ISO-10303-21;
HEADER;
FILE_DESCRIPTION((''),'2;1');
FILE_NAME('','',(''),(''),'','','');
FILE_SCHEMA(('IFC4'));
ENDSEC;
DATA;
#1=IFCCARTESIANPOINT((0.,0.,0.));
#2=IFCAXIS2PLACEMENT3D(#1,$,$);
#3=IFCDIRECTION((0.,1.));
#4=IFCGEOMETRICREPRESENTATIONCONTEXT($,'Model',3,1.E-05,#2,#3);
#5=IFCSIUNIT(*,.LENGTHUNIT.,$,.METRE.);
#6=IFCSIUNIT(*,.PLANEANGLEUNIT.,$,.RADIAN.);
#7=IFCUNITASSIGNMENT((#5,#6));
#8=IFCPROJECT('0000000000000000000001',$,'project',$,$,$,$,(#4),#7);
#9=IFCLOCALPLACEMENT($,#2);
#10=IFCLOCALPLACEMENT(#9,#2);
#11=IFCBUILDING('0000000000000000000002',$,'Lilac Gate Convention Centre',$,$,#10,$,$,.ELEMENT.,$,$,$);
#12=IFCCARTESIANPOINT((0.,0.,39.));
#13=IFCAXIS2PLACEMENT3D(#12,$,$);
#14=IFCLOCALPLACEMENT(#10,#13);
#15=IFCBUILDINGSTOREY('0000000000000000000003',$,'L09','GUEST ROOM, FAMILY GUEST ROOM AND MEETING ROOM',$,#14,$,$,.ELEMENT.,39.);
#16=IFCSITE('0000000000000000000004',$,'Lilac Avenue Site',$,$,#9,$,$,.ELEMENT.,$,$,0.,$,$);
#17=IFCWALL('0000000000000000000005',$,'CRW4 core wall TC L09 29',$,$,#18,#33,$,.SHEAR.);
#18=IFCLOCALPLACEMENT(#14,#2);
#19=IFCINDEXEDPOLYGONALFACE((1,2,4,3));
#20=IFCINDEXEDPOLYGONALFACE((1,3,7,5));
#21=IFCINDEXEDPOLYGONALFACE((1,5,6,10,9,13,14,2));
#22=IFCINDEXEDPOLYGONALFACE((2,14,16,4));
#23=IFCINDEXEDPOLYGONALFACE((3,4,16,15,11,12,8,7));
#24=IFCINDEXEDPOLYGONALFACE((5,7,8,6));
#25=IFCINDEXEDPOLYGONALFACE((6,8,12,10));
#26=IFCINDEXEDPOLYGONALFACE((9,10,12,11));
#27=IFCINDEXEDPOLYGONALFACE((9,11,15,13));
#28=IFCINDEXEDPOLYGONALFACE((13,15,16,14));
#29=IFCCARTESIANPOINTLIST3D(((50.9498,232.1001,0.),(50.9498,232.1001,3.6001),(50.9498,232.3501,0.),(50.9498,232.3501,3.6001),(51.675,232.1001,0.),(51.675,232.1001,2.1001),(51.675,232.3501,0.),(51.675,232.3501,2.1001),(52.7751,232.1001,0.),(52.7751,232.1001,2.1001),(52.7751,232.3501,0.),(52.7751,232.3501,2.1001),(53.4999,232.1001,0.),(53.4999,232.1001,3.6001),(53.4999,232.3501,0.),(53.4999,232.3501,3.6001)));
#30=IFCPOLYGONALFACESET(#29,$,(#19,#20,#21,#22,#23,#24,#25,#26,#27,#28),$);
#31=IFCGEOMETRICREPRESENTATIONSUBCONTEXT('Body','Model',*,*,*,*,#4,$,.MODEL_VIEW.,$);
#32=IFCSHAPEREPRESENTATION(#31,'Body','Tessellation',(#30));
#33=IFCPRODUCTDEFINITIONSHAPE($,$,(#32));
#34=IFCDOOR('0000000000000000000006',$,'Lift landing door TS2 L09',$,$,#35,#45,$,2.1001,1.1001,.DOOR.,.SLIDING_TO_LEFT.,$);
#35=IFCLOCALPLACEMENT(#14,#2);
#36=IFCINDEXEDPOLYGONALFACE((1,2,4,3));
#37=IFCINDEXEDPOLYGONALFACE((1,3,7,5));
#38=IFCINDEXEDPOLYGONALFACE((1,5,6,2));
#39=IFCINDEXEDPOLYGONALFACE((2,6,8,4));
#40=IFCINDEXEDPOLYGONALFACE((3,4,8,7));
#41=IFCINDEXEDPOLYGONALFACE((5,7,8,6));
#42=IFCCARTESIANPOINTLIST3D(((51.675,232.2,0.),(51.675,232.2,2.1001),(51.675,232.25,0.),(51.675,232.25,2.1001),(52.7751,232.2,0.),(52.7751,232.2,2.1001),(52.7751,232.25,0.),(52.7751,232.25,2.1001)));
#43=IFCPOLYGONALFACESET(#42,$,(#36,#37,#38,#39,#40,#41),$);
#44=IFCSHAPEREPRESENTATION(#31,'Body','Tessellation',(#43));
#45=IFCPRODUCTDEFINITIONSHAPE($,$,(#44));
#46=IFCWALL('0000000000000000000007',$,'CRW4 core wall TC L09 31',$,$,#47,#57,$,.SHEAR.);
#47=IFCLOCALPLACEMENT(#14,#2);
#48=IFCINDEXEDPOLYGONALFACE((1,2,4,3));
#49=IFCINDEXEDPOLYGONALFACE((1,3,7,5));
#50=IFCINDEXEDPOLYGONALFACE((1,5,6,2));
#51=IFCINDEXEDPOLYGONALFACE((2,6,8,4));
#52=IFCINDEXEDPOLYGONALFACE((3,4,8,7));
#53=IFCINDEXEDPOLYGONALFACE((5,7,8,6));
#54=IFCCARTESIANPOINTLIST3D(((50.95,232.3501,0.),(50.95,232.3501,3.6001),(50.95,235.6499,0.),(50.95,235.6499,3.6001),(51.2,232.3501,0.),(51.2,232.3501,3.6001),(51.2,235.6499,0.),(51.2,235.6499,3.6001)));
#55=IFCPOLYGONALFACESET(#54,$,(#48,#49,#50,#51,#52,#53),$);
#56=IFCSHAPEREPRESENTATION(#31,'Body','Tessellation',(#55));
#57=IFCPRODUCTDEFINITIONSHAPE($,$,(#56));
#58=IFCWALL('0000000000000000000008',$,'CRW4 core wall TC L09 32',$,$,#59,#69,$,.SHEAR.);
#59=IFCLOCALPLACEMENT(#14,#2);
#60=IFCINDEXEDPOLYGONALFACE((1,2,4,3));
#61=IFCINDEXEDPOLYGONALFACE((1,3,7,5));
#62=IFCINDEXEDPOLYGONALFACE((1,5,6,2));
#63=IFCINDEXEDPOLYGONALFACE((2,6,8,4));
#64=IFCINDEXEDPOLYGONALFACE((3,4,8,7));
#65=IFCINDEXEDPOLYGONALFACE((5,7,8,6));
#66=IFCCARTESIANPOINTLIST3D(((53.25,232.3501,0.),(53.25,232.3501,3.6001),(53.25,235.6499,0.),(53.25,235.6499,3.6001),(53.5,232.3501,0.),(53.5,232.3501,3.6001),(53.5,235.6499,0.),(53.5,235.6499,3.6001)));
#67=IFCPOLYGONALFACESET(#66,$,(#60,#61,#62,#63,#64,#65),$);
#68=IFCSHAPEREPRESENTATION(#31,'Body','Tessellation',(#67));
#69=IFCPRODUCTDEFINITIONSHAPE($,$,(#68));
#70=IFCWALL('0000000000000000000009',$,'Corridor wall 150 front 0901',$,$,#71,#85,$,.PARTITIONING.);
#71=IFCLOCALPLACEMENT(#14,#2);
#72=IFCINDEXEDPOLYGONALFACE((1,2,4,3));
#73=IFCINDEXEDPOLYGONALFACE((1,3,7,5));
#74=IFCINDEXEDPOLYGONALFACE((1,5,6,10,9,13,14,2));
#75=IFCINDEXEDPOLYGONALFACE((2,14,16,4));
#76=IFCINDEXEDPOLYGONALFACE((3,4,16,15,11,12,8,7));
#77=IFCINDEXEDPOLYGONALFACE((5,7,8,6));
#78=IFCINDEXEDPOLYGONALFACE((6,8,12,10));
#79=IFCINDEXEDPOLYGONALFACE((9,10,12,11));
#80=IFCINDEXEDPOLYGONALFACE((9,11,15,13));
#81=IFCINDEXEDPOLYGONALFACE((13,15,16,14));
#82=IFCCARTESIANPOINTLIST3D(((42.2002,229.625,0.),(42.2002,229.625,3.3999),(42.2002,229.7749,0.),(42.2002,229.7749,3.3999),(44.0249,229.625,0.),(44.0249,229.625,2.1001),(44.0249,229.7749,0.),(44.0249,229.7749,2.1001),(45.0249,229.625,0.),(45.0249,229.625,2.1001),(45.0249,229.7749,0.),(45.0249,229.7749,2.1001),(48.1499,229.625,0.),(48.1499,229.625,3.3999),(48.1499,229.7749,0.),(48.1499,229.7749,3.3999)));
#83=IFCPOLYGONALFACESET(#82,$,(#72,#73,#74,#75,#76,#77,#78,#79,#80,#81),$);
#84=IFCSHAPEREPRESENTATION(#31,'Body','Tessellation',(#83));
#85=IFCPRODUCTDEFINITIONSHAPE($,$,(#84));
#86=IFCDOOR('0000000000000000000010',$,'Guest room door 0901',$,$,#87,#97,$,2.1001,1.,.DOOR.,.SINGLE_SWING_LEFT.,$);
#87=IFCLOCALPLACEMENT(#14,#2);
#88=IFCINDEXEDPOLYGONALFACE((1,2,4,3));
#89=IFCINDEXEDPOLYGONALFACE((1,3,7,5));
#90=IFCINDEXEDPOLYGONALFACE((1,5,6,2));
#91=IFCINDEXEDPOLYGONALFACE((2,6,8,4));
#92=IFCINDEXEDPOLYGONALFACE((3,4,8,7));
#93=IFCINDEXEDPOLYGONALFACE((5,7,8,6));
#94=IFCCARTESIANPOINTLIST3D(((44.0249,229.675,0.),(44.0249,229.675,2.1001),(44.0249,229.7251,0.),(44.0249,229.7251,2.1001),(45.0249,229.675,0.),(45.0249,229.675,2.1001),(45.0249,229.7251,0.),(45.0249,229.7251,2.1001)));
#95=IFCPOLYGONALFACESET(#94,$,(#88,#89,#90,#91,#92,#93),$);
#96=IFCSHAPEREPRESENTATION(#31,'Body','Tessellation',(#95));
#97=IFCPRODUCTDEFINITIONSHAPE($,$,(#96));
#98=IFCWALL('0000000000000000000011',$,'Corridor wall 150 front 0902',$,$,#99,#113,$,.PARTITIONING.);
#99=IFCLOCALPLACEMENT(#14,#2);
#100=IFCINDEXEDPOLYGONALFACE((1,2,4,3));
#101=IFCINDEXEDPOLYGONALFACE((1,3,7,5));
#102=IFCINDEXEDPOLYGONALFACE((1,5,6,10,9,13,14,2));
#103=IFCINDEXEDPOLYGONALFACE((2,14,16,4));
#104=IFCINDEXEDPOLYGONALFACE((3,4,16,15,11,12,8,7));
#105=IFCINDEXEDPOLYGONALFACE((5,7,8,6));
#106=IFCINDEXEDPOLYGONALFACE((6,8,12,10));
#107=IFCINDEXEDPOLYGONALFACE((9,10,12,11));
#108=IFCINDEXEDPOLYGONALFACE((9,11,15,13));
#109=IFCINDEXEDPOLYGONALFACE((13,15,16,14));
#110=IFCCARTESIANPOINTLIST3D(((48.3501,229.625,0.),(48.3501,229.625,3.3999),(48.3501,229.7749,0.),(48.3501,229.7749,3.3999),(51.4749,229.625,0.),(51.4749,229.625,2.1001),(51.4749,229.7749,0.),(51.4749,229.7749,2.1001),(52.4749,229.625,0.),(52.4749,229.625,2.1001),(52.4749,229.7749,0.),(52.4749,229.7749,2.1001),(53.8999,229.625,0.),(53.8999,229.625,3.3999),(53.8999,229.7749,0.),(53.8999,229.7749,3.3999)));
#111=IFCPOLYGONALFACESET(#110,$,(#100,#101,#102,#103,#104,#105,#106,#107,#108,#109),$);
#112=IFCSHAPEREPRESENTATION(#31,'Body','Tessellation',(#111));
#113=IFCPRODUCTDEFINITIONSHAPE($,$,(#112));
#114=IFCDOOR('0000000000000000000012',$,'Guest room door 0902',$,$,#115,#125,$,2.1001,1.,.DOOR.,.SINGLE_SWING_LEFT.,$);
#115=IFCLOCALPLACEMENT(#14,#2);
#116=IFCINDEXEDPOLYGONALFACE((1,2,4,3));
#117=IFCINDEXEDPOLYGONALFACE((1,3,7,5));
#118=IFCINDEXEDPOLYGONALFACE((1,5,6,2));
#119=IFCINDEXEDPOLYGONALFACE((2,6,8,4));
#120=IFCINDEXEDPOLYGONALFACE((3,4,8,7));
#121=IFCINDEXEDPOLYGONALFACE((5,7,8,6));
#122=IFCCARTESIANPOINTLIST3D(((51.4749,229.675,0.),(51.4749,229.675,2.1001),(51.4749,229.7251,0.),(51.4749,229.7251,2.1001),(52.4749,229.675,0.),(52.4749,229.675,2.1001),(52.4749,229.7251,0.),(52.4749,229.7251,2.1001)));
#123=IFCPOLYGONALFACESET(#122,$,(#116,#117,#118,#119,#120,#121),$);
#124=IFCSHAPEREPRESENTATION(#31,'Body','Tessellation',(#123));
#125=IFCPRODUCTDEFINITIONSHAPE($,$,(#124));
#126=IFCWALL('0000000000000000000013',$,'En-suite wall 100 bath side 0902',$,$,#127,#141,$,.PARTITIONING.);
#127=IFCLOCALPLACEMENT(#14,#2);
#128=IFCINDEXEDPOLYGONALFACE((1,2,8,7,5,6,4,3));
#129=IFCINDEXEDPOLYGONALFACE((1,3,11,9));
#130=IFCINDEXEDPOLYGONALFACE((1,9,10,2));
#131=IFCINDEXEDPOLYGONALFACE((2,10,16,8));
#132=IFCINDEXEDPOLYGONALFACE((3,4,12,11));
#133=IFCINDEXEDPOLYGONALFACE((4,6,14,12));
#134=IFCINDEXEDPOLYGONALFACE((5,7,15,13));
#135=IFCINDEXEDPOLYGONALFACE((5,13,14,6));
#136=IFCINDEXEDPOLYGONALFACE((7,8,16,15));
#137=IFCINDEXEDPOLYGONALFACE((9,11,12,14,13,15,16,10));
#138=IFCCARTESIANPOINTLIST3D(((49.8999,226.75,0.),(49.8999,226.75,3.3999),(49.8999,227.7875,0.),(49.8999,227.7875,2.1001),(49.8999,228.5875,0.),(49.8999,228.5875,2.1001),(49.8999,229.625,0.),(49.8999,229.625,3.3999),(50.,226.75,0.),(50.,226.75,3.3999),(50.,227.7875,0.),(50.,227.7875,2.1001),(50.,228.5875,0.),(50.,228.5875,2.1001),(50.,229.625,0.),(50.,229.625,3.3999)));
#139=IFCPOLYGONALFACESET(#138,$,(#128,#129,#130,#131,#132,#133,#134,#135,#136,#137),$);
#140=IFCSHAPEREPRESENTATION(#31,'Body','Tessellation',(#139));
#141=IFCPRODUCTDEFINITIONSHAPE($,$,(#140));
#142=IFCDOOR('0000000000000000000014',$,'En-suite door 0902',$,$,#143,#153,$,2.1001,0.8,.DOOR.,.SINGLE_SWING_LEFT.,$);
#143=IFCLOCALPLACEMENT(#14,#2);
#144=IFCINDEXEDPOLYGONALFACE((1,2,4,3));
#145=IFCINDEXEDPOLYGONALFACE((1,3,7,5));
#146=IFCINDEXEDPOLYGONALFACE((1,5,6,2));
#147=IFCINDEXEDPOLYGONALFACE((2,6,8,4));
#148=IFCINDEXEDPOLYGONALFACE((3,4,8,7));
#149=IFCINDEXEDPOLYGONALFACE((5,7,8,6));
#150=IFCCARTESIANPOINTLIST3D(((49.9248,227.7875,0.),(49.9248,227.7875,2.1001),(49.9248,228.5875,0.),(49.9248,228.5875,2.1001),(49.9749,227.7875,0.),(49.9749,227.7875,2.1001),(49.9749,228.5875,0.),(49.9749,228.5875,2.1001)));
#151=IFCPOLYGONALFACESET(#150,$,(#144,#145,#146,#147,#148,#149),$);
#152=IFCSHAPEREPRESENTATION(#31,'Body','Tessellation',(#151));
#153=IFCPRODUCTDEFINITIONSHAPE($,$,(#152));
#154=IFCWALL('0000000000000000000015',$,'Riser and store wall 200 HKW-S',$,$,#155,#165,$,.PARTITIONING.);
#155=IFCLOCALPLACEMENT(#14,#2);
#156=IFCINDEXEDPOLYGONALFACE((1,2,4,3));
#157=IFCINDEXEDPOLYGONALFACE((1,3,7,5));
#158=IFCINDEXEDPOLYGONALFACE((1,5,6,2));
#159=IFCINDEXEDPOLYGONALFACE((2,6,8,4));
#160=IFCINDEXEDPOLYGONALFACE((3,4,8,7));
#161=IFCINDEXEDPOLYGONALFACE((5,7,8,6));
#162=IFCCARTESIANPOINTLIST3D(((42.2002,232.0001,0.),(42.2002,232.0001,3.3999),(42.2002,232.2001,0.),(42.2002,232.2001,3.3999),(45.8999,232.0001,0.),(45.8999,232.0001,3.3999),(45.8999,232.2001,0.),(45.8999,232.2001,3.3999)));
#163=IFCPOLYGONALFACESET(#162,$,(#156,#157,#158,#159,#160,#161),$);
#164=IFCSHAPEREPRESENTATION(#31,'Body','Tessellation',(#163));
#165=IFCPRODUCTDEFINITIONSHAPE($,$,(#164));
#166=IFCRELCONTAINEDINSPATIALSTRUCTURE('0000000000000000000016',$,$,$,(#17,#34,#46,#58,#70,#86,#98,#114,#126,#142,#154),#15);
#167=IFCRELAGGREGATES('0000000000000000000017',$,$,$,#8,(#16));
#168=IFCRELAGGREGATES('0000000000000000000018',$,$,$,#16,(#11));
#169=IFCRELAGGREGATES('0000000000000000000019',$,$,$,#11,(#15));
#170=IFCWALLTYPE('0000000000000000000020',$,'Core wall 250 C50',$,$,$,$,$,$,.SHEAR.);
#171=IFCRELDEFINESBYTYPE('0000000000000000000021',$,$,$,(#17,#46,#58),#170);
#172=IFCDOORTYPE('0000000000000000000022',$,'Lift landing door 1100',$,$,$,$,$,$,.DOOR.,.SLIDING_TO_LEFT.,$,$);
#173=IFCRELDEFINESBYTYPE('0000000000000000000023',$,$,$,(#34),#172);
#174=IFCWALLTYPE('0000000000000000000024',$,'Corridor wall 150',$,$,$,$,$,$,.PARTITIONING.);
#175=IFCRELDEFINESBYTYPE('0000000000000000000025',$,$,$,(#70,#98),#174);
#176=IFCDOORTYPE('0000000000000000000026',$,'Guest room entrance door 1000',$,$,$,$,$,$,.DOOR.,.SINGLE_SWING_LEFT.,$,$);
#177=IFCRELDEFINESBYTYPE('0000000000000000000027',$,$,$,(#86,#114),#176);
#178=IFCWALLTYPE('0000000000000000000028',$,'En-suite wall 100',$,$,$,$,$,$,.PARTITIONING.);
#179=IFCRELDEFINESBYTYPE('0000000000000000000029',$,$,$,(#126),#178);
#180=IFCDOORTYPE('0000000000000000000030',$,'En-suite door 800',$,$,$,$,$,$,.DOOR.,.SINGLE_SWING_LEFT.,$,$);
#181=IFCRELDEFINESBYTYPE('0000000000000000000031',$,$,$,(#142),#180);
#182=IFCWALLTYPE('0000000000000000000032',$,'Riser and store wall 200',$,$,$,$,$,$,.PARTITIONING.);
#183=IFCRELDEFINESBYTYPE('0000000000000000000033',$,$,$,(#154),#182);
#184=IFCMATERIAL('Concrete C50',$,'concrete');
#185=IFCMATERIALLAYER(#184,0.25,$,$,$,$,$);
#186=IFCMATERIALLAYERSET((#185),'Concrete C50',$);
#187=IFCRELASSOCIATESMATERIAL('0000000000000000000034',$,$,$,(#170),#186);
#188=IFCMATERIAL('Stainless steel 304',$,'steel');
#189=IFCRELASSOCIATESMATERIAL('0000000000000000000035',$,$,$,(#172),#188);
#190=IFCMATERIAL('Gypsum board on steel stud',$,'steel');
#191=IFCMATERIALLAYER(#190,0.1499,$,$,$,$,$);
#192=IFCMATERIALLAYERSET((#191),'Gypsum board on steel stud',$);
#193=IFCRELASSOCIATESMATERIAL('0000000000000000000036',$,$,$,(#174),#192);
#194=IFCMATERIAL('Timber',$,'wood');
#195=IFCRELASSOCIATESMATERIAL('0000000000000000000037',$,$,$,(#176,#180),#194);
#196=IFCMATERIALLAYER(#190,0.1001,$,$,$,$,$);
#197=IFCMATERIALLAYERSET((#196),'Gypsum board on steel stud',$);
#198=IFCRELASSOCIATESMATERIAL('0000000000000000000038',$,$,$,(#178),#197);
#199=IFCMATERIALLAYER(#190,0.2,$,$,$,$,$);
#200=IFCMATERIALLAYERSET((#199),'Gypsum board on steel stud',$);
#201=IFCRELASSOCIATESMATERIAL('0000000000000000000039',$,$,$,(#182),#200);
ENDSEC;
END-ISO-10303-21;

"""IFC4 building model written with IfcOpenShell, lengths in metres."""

from ifc_helpers import new_model, si_unit, direction, frame, frame_2d, origin, place, context, subcontext, project, spatial, rectangle, extrude, material, layer, layer_set, type_object, element, fill, save


model = new_model("IFC4")

# Units and contexts
model_context = context("Model", 3, precision=1e-05, world=origin(), true_north=direction((0.0, 1.0)))
body_context = subcontext(model_context, "Body", "Model", "MODEL_VIEW")
ifc_project = project(units=[si_unit("LENGTHUNIT", "METRE"), si_unit("PLANEANGLEUNIT", "RADIAN")], contexts=[model_context])

# Site, building, storey
site_placement = place(None, origin())
site = spatial("IfcSite", under=ifc_project, at=site_placement, Name="Lilac Avenue Site", CompositionType="ELEMENT", RefElevation=0.0)
building_placement = place(site_placement, origin())
building = spatial("IfcBuilding", under=site, at=building_placement, Name="Lilac Gate Convention Centre", CompositionType="ELEMENT")
storey_placement = place(building_placement, frame((0.0, 0.0, 39.0)))
storey = spatial("IfcBuildingStorey", under=building, at=storey_placement, Name="L09", Description="GUEST ROOM, FAMILY GUEST ROOM AND MEETING ROOM", CompositionType="ELEMENT", Elevation=39.0)

# Shared definitions
ifc_material_1 = material(Name="Concrete C50", Category="concrete")
ifc_layer_1 = layer(ifc_material_1, 0.25)
ifc_layer_set_1 = layer_set([ifc_layer_1], Name="Concrete C50")
wall_type_1 = type_object("IfcWallType", Name="Core wall 250 C50", PredefinedType="SHEAR", material=ifc_layer_set_1)
ifc_material_2 = material(Name="Stainless steel 304", Category="steel")
door_type_1 = type_object("IfcDoorType", Name="Lift landing door 1100", OperationType="SLIDING_TO_LEFT", PredefinedType="DOOR", material=ifc_material_2)

# Wall, opening, door
wall_1_placement = place(storey_placement, frame((50.95, 232.2251, 0.0), z_axis=(0.0, 0.0, 1.0), x_axis=(1.0, 0.0, 0.0)))
wall_1 = element("IfcWall", 1, at=wall_1_placement, inside=storey, type_object=wall_type_1, Name="CRW4 core wall TC L09 29", PredefinedType="SHEAR", context=body_context, shape_type="SweptSolid", body=[
    extrude(rectangle(XDim=2.55, YDim=0.25, at=frame_2d((1.2749, 0.0))), origin(), (0.0, 0.0, 1.0), 3.6001),
])
opening_1_placement = place(wall_1_placement, frame((0.7251, 0.0, 0.0)))
opening_1 = element("IfcOpeningElement", 2, at=opening_1_placement, cuts=wall_1, PredefinedType="OPENING", context=body_context, shape_type="SweptSolid", body=[
    extrude(rectangle(XDim=1.1001, YDim=2.1001, at=frame_2d((0.55, 1.05))), frame((0.0, 0.135, 0.0), z_axis=(0.0, -1.0, 0.0), x_axis=(1.0, 0.0, 0.0)), (0.0, 0.0, 1.0), 0.27),
])
door_1_placement = place(opening_1_placement, origin())
door_1 = element("IfcDoor", 3, at=door_1_placement, inside=storey, type_object=door_type_1, Name="Lift landing door TS2 L09", OperationType="SLIDING_TO_LEFT", OverallHeight=2.1001, OverallWidth=1.1001, PredefinedType="DOOR", context=body_context, shape_type="SweptSolid", body=[
    extrude(rectangle(XDim=1.1001, YDim=2.1001, at=frame_2d((0.55, 1.05))), frame((0.0, 0.0249, 0.0), z_axis=(0.0, -1.0, 0.0), x_axis=(1.0, 0.0, 0.0)), (0.0, 0.0, 1.0), 0.05),
])
fill(opening_1, door_1)

# Walls
for number, where, z_axis, x_axis, name in (
    (4, (51.075, 232.3501, 0.0), (0.0, 0.0, 1.0), (0.0, 1.0, 0.0), "CRW4 core wall TC L09 31"),
    (5, (53.375, 232.3501, 0.0), (0.0, 0.0, 1.0), (0.0, 1.0, 0.0), "CRW4 core wall TC L09 32"),
):
    element("IfcWall", number, at=place(storey_placement, frame(where, z_axis=z_axis, x_axis=x_axis)), inside=storey, type_object=wall_type_1, Name=name, PredefinedType="SHEAR", context=body_context, shape_type="SweptSolid", body=[
        extrude(rectangle(XDim=3.2998, YDim=0.25, at=frame_2d((1.6499, 0.0))), origin(), (0.0, 0.0, 1.0), 3.6001),
    ])

# Walls, openings, doors
ifc_material_3 = material(Name="Gypsum board on steel stud", Category="steel")
ifc_layer_2 = layer(ifc_material_3, 0.1499)
ifc_layer_set_2 = layer_set([ifc_layer_2], Name="Gypsum board on steel stud")
wall_type_2 = type_object("IfcWallType", Name="Corridor wall 150", PredefinedType="PARTITIONING", material=ifc_layer_set_2)
wall_2_placement = place(storey_placement, frame((48.1499, 229.7, 0.0), z_axis=(0.0, 0.0, 1.0), x_axis=(-1.0, 0.0, 0.0)))
wall_2 = element("IfcWall", 6, at=wall_2_placement, inside=storey, type_object=wall_type_2, Name="Corridor wall 150 front 0901", PredefinedType="PARTITIONING", context=body_context, shape_type="SweptSolid", body=[
    extrude(rectangle(XDim=5.9497, YDim=0.1499, at=frame_2d((2.9749, 0.0))), origin(), (0.0, 0.0, 1.0), 3.3999),
])
opening_2_placement = place(wall_2_placement, frame((3.125, 0.0, 0.0)))
opening_2 = element("IfcOpeningElement", 7, at=opening_2_placement, cuts=wall_2, PredefinedType="OPENING", context=body_context, shape_type="SweptSolid", body=[
    extrude(rectangle(XDim=1.0, YDim=2.1001, at=frame_2d((0.5, 1.05))), frame((0.0, 0.085, 0.0), z_axis=(0.0, -1.0, 0.0), x_axis=(1.0, 0.0, 0.0)), (0.0, 0.0, 1.0), 0.1699),
])
ifc_material_4 = material(Name="Timber", Category="wood")
door_type_2 = type_object("IfcDoorType", Name="Guest room entrance door 1000", OperationType="SINGLE_SWING_LEFT", PredefinedType="DOOR", material=ifc_material_4)
door_2_placement = place(opening_2_placement, origin())
door_2 = element("IfcDoor", 8, at=door_2_placement, inside=storey, type_object=door_type_2, Name="Guest room door 0901", OperationType="SINGLE_SWING_LEFT", OverallHeight=2.1001, OverallWidth=1.0, PredefinedType="DOOR", context=body_context, shape_type="SweptSolid", body=[
    extrude(rectangle(XDim=1.0, YDim=2.1001, at=frame_2d((0.5, 1.05))), frame((0.0, 0.0249, 0.0), z_axis=(0.0, -1.0, 0.0), x_axis=(1.0, 0.0, 0.0)), (0.0, 0.0, 1.0), 0.05),
])
fill(opening_2, door_2)
wall_3_placement = place(storey_placement, frame((53.8999, 229.7, 0.0), z_axis=(0.0, 0.0, 1.0), x_axis=(-1.0, 0.0, 0.0)))
wall_3 = element("IfcWall", 9, at=wall_3_placement, inside=storey, type_object=wall_type_2, Name="Corridor wall 150 front 0902", PredefinedType="PARTITIONING", context=body_context, shape_type="SweptSolid", body=[
    extrude(rectangle(XDim=5.5498, YDim=0.1499, at=frame_2d((2.7749, 0.0))), origin(), (0.0, 0.0, 1.0), 3.3999),
])
opening_3_placement = place(wall_3_placement, frame((1.425, 0.0, 0.0)))
opening_3 = element("IfcOpeningElement", 10, at=opening_3_placement, cuts=wall_3, PredefinedType="OPENING", context=body_context, shape_type="SweptSolid", body=[
    extrude(rectangle(XDim=1.0, YDim=2.1001, at=frame_2d((0.5, 1.05))), frame((0.0, 0.085, 0.0), z_axis=(0.0, -1.0, 0.0), x_axis=(1.0, 0.0, 0.0)), (0.0, 0.0, 1.0), 0.1699),
])
door_3_placement = place(opening_3_placement, origin())
door_3 = element("IfcDoor", 11, at=door_3_placement, inside=storey, type_object=door_type_2, Name="Guest room door 0902", OperationType="SINGLE_SWING_LEFT", OverallHeight=2.1001, OverallWidth=1.0, PredefinedType="DOOR", context=body_context, shape_type="SweptSolid", body=[
    extrude(rectangle(XDim=1.0, YDim=2.1001, at=frame_2d((0.5, 1.05))), frame((0.0, 0.0249, 0.0), z_axis=(0.0, -1.0, 0.0), x_axis=(1.0, 0.0, 0.0)), (0.0, 0.0, 1.0), 0.05),
])
fill(opening_3, door_3)
ifc_layer_3 = layer(ifc_material_3, 0.1001)
ifc_layer_set_3 = layer_set([ifc_layer_3], Name="Gypsum board on steel stud")
wall_type_3 = type_object("IfcWallType", Name="En-suite wall 100", PredefinedType="PARTITIONING", material=ifc_layer_set_3)
wall_4_placement = place(storey_placement, frame((49.95, 229.625, 0.0), z_axis=(0.0, 0.0, 1.0), x_axis=(0.0, -1.0, 0.0)))
wall_4 = element("IfcWall", 12, at=wall_4_placement, inside=storey, type_object=wall_type_3, Name="En-suite wall 100 bath side 0902", PredefinedType="PARTITIONING", context=body_context, shape_type="SweptSolid", body=[
    extrude(rectangle(XDim=2.875, YDim=0.1001, at=frame_2d((1.4375, 0.0))), origin(), (0.0, 0.0, 1.0), 3.3999),
])
opening_4_placement = place(wall_4_placement, frame((1.0376, 0.0, 0.0)))
opening_4 = element("IfcOpeningElement", 13, at=opening_4_placement, cuts=wall_4, PredefinedType="OPENING", context=body_context, shape_type="SweptSolid", body=[
    extrude(rectangle(XDim=0.8, YDim=2.1001, at=frame_2d((0.3999, 1.05))), frame((0.0, 0.0601, 0.0), z_axis=(0.0, -1.0, 0.0), x_axis=(1.0, 0.0, 0.0)), (0.0, 0.0, 1.0), 0.1201),
])
door_type_3 = type_object("IfcDoorType", Name="En-suite door 800", OperationType="SINGLE_SWING_LEFT", PredefinedType="DOOR", material=ifc_material_4)
door_4_placement = place(opening_4_placement, origin())
door_4 = element("IfcDoor", 14, at=door_4_placement, inside=storey, type_object=door_type_3, Name="En-suite door 0902", OperationType="SINGLE_SWING_LEFT", OverallHeight=2.1001, OverallWidth=0.8, PredefinedType="DOOR", context=body_context, shape_type="SweptSolid", body=[
    extrude(rectangle(XDim=0.8, YDim=2.1001, at=frame_2d((0.3999, 1.05))), frame((0.0, 0.0249, 0.0), z_axis=(0.0, -1.0, 0.0), x_axis=(1.0, 0.0, 0.0)), (0.0, 0.0, 1.0), 0.05),
])
fill(opening_4, door_4)

# Wall
ifc_layer_4 = layer(ifc_material_3, 0.2)
ifc_layer_set_4 = layer_set([ifc_layer_4], Name="Gypsum board on steel stud")
wall_type_4 = type_object("IfcWallType", Name="Riser and store wall 200", PredefinedType="PARTITIONING", material=ifc_layer_set_4)
wall_5_placement = place(storey_placement, frame((42.2002, 232.1001, 0.0), z_axis=(0.0, 0.0, 1.0), x_axis=(1.0, 0.0, 0.0)))
element("IfcWall", 15, at=wall_5_placement, inside=storey, type_object=wall_type_4, Name="Riser and store wall 200 HKW-S", PredefinedType="PARTITIONING", context=body_context, shape_type="SweptSolid", body=[
    extrude(rectangle(XDim=3.6997, YDim=0.2, at=frame_2d((1.8499, 0.0))), origin(), (0.0, 0.0, 1.0), 3.3999),
])

save(model, "model.ifc")
